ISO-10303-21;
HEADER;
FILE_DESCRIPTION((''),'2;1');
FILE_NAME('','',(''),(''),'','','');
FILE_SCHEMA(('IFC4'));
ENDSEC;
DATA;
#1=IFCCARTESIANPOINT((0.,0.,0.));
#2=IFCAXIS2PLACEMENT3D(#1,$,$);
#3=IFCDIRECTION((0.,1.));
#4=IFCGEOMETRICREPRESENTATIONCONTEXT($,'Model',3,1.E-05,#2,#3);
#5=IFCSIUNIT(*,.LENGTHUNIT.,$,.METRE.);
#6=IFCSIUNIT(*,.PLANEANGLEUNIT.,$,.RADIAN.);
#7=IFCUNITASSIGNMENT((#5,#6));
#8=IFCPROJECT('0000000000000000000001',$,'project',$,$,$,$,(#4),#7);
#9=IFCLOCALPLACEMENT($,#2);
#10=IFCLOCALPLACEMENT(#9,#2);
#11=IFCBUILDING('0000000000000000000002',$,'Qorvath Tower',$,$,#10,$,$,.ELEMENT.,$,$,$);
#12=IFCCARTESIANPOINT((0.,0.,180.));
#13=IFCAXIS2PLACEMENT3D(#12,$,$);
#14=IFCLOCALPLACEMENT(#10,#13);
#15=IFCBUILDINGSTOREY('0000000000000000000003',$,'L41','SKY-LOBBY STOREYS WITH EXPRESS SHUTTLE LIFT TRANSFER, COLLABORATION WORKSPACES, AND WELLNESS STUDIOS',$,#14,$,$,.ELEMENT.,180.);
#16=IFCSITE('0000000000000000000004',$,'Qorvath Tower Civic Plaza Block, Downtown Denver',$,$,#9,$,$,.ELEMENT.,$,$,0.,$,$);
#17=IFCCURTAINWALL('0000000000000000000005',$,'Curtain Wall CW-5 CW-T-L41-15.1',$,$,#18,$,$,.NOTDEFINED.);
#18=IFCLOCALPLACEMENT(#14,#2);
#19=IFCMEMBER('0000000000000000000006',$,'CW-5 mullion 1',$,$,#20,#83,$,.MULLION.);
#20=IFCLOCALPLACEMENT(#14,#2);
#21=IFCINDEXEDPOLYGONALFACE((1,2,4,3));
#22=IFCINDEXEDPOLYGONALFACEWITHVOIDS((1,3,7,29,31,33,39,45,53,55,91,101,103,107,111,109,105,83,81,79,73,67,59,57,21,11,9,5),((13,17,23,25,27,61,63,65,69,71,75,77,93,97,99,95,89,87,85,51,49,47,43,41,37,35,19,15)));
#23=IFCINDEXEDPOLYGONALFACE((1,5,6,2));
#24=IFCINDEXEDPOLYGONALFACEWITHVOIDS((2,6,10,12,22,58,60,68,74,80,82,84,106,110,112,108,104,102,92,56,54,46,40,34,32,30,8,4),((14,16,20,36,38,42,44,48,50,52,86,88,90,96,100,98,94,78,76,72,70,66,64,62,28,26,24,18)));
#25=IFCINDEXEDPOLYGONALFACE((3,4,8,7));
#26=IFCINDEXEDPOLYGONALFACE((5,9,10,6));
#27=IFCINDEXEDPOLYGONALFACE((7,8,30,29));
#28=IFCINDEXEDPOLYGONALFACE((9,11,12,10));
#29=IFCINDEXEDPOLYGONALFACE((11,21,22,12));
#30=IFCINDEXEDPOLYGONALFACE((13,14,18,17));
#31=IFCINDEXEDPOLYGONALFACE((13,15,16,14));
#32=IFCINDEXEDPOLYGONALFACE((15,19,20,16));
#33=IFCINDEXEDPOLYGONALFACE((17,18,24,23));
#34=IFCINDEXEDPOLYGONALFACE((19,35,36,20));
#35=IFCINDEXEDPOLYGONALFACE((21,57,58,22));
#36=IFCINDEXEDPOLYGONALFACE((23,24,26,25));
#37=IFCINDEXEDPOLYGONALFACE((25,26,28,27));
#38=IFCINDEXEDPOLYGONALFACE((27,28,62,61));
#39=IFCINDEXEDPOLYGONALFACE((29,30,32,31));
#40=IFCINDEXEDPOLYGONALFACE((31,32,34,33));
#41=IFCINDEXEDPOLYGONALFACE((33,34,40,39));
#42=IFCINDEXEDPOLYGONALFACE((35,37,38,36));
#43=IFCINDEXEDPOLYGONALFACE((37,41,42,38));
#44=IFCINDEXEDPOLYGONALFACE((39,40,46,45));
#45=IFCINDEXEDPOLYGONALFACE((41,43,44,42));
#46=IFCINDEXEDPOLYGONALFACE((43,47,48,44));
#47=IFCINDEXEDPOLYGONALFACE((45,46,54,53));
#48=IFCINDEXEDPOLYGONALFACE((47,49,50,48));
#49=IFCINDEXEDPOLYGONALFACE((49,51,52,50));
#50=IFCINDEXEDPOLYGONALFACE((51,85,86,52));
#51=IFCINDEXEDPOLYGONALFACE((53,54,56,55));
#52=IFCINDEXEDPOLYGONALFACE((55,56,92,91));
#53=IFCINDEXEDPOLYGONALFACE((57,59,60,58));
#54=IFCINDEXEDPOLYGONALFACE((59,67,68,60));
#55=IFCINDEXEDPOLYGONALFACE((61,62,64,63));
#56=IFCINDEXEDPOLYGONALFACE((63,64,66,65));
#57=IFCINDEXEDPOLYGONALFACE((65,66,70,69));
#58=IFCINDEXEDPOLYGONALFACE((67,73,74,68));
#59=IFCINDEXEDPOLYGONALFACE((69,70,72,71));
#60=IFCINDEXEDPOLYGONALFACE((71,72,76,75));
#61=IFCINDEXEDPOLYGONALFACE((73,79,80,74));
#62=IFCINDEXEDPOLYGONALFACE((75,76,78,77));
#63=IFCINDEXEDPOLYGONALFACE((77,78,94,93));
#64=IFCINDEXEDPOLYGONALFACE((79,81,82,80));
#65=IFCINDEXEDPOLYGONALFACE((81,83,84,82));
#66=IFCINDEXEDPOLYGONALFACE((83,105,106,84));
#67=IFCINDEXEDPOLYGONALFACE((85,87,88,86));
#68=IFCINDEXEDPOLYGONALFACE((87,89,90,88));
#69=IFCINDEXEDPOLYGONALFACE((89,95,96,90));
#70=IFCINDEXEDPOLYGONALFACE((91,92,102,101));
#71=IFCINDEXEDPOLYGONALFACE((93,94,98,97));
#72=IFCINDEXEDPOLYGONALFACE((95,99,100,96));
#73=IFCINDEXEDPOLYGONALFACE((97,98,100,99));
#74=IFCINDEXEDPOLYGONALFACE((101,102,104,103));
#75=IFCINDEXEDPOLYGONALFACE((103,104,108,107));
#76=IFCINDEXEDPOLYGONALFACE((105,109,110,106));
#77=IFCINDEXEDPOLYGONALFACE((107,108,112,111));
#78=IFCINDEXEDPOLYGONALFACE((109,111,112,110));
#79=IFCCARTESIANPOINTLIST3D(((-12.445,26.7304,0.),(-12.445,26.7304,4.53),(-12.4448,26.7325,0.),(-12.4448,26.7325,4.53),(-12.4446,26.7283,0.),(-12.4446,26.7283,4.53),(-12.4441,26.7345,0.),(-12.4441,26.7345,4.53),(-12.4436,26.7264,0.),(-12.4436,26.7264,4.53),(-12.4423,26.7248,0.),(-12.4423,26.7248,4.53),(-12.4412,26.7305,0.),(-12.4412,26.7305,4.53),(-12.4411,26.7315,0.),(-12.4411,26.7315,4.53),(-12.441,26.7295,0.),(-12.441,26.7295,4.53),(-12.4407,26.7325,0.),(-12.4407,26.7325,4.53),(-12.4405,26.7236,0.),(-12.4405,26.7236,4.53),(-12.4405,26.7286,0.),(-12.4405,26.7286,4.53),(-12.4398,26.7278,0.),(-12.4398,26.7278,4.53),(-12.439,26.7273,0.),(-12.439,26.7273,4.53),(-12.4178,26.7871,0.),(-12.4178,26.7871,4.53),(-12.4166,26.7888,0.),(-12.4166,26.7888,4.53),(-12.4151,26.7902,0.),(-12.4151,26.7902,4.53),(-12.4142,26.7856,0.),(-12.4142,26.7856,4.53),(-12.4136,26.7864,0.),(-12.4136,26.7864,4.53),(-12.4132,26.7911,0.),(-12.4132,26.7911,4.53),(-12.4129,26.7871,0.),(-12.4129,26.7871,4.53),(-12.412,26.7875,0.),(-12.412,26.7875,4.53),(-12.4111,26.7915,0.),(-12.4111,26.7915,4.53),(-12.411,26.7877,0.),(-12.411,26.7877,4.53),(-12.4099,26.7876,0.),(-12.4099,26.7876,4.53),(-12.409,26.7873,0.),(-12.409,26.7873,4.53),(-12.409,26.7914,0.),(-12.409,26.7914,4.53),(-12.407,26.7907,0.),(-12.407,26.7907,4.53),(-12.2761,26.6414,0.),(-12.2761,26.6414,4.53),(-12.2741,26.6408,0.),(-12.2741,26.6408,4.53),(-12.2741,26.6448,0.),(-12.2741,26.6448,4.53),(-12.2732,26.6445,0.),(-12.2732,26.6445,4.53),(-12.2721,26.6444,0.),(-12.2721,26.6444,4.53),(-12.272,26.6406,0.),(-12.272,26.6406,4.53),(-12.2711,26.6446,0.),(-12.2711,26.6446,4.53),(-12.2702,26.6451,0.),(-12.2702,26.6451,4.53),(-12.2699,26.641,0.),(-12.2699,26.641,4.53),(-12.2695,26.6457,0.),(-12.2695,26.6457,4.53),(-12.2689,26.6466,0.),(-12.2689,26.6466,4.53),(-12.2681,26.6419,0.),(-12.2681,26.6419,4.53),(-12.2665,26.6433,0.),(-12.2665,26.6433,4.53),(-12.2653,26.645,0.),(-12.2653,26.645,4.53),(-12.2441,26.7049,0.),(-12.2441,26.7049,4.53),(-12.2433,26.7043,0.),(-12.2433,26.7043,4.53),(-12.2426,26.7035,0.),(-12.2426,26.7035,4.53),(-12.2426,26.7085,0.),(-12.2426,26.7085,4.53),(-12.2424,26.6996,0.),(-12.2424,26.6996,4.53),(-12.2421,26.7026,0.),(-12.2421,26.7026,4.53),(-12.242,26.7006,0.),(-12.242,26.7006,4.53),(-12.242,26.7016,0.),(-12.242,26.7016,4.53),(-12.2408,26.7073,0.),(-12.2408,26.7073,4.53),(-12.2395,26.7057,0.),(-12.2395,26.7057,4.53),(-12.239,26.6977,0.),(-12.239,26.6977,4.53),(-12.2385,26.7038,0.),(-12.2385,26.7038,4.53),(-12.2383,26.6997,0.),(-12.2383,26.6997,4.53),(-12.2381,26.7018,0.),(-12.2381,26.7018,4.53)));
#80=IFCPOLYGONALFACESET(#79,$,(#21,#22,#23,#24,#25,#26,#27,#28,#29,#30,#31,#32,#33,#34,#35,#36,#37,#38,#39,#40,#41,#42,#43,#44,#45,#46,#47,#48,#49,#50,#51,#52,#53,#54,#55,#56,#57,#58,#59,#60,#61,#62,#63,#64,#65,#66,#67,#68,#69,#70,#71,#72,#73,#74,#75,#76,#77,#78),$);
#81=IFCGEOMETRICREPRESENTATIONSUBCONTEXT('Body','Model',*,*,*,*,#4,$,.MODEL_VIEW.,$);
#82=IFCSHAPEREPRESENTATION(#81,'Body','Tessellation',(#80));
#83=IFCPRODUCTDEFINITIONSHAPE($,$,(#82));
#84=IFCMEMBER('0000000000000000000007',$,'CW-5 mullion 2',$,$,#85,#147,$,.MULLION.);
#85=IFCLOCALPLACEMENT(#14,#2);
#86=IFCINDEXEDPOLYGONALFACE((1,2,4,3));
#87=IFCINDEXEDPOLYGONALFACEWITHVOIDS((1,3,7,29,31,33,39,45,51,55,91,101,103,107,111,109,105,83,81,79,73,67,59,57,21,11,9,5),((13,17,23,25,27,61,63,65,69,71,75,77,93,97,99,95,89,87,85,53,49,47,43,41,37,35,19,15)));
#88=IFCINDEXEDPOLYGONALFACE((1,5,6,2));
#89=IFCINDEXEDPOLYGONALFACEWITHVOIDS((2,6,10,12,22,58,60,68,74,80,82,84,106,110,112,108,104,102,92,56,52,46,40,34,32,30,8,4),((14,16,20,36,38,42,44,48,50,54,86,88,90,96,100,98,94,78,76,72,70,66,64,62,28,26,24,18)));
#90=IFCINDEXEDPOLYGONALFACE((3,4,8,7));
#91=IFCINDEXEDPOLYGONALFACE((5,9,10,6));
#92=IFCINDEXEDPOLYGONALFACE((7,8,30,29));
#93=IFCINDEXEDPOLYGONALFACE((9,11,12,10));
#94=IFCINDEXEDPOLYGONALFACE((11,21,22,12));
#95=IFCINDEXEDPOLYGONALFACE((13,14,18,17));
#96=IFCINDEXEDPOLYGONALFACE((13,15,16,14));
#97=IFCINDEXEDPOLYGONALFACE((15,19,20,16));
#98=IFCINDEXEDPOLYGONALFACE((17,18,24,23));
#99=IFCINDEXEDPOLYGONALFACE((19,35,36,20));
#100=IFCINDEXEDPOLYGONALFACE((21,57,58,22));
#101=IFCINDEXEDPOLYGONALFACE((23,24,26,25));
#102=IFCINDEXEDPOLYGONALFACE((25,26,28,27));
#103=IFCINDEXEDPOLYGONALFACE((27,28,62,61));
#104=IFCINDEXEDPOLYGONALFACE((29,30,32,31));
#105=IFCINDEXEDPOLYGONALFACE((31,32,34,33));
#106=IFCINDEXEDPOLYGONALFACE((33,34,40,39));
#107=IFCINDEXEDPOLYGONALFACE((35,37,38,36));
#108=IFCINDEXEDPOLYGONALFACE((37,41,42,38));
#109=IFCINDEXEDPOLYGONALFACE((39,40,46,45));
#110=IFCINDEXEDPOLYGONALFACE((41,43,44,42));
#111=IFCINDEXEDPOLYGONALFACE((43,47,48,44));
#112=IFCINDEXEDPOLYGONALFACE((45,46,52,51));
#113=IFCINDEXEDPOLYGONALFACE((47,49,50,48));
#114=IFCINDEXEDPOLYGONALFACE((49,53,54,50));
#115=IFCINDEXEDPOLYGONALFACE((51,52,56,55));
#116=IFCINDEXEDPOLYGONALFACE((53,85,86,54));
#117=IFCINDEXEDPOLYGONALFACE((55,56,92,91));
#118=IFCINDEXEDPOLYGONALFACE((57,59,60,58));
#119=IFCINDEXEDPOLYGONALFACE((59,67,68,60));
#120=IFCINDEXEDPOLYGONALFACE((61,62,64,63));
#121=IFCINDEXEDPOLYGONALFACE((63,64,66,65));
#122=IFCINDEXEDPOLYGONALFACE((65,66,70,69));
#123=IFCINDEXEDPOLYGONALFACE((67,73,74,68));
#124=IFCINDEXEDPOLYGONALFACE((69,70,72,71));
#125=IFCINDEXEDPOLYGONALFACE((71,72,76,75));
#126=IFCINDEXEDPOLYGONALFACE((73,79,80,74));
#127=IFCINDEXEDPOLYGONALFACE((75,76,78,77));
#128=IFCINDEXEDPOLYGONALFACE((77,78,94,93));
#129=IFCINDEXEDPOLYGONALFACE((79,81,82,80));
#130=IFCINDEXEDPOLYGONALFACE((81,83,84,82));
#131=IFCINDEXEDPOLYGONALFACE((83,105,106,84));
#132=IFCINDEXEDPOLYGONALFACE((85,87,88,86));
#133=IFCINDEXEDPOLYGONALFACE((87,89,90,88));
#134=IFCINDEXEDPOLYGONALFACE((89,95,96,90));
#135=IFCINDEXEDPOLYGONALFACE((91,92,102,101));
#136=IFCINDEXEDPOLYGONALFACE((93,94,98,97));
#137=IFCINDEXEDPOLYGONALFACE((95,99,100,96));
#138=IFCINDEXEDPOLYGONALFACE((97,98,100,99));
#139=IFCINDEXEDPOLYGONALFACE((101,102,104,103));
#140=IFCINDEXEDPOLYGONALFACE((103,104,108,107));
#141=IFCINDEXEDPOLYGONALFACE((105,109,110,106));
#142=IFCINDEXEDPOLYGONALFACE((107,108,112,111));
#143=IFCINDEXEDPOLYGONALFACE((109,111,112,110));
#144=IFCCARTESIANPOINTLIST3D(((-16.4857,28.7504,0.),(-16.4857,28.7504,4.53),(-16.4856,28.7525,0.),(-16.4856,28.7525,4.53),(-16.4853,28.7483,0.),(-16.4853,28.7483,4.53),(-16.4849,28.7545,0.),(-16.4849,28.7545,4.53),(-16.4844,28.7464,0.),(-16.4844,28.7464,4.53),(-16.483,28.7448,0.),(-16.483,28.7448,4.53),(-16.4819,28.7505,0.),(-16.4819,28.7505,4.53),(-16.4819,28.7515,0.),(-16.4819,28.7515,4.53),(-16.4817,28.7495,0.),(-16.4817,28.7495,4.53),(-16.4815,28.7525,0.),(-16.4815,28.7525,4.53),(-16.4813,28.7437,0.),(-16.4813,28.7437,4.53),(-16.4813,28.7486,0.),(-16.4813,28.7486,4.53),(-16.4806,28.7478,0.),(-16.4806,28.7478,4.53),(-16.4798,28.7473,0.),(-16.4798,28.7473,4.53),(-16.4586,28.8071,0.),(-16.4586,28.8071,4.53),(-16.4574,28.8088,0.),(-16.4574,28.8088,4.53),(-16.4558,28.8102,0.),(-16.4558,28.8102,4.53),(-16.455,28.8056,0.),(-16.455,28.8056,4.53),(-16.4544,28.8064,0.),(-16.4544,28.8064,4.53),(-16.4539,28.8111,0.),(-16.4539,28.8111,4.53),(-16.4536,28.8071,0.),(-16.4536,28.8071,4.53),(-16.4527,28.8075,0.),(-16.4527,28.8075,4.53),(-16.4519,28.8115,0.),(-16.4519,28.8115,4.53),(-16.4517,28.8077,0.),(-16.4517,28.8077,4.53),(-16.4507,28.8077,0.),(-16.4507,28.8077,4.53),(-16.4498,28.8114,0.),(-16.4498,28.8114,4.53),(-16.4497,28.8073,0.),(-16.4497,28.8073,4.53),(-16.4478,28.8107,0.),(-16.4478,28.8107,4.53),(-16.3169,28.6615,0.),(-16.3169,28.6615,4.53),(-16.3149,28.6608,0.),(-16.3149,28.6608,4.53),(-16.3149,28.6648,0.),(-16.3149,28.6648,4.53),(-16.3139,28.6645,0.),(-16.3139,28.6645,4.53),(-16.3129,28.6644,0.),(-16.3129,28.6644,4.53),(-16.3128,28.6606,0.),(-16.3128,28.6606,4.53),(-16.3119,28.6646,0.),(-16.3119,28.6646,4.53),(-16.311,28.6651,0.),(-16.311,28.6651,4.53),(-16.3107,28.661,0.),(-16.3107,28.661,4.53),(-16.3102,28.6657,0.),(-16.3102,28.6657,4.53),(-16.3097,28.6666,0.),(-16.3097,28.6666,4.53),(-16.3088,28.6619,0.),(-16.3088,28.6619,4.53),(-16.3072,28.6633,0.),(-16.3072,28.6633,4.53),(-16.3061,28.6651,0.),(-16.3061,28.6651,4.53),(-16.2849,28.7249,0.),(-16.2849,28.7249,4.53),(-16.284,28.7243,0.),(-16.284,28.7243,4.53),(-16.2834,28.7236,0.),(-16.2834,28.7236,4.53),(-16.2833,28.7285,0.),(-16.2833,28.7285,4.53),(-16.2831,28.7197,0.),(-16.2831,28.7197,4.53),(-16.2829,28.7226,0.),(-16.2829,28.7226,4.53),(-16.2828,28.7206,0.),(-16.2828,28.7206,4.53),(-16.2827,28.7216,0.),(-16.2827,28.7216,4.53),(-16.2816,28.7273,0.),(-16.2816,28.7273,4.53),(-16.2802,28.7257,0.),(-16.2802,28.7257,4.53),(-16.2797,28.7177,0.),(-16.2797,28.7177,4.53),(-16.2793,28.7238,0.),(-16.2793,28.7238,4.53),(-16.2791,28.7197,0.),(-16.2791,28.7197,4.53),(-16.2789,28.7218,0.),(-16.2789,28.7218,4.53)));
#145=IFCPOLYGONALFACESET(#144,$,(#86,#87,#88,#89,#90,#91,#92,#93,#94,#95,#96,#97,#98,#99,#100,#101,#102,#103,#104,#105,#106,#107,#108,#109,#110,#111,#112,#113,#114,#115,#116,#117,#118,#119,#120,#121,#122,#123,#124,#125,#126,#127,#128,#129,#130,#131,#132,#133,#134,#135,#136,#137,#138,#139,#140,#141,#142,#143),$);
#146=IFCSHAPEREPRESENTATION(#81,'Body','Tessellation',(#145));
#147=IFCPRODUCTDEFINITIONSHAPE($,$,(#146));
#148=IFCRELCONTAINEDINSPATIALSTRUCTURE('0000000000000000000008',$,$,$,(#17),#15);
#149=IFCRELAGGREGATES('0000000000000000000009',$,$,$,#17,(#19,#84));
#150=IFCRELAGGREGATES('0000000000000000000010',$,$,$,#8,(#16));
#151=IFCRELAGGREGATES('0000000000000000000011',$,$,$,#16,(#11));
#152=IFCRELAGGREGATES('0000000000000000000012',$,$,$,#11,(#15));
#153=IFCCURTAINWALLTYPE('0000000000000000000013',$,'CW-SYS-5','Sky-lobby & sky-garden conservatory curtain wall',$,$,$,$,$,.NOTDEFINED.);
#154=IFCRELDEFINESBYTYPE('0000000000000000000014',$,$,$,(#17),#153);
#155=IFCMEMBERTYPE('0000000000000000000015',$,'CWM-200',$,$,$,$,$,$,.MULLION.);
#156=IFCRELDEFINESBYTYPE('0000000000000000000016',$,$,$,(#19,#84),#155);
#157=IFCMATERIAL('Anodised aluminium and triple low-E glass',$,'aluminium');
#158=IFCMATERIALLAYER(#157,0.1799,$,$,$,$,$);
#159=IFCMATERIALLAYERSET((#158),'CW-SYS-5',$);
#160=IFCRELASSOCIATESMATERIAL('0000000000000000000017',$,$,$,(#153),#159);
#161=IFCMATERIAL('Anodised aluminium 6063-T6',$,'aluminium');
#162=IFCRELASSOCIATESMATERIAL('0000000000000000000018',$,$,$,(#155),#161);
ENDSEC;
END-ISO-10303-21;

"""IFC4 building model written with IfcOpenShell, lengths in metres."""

from ifc_helpers import new_model, si_unit, direction, frame, origin, origin_2d, place, context, subcontext, project, spatial, hollow_rectangle, extrude, material, layer, layer_set, material_profile, profile_set, type_object, element, aggregate, save


model = new_model("IFC4")

# Units and contexts
model_context = context("Model", 3, precision=1e-05, world=origin(), true_north=direction((0.0, 1.0)))
body_context = subcontext(model_context, "Body", "Model", "MODEL_VIEW")
ifc_project = project(units=[si_unit("LENGTHUNIT", "METRE"), si_unit("PLANEANGLEUNIT", "RADIAN")], contexts=[model_context])

# Site, building, storey
site_placement = place(None, origin())
site = spatial("IfcSite", under=ifc_project, at=site_placement, Name="Qorvath Tower Civic Plaza Block, Downtown Denver", CompositionType="ELEMENT", RefElevation=0.0)
building_placement = place(site_placement, origin())
building = spatial("IfcBuilding", under=site, at=building_placement, Name="Qorvath Tower", CompositionType="ELEMENT")
storey_placement = place(building_placement, frame((0.0, 0.0, 180.0)))
storey = spatial("IfcBuildingStorey", under=building, at=storey_placement, Name="L41", Description="SKY-LOBBY STOREYS WITH EXPRESS SHUTTLE LIFT TRANSFER, COLLABORATION WORKSPACES, AND WELLNESS STUDIOS", CompositionType="ELEMENT", Elevation=180.0)

# Shared definitions
ifc_material_1 = material(Name="Anodised aluminium and triple low-E glass", Category="aluminium")
ifc_layer_1 = layer(ifc_material_1, 0.1799)
ifc_layer_set_1 = layer_set([ifc_layer_1], Name="CW-SYS-5")
curtain_wall_type = type_object("IfcCurtainWallType", Name="CW-SYS-5", Description="Sky-lobby & sky-garden conservatory curtain wall", PredefinedType="NOTDEFINED", material=ifc_layer_set_1)
ifc_material_2 = material(Name="Anodised aluminium 6063-T6", Category="aluminium")
ifc_material_profile_1 = material_profile(ifc_material_2, hollow_rectangle(XDim=0.075, YDim=0.2, WallThickness=0.0039, InnerFilletRadius=0.0039, OuterFilletRadius=0.0081, at=origin_2d()), Name="CWM 200x75")
ifc_profile_set_1 = profile_set([ifc_material_profile_1], Name="Anodised aluminium 6063-T6")
member_type_1 = type_object("IfcMemberType", Name="CWM-200", PredefinedType="MULLION", material=ifc_profile_set_1)

# Curtain wall, members
curtain_wall_1_placement = place(storey_placement, origin())
curtain_wall_1 = element("IfcCurtainWall", 1, at=curtain_wall_1_placement, inside=storey, type_object=curtain_wall_type, Name="Curtain Wall CW-5 CW-T-L41-15.1", PredefinedType="NOTDEFINED")
member_1_placement = place(storey_placement, frame((-12.3416, 26.7161, 0.0), z_axis=(0.0, 0.0, 1.0), x_axis=(-0.447187, -0.89444, 0.0)))
member_1 = element("IfcMember", 2, at=member_1_placement, type_object=member_type_1, Name="CW-5 mullion 1", PredefinedType="MULLION", context=body_context, shape_type="SweptSolid", body=[
    extrude(hollow_rectangle(XDim=0.075, YDim=0.2, WallThickness=0.0039, InnerFilletRadius=0.0039, OuterFilletRadius=0.0081, at=origin_2d()), origin(), (0.0, 0.0, 1.0), 4.53),
])
member_2_placement = place(storey_placement, frame((-16.3823, 28.7361, 0.0), z_axis=(0.0, 0.0, 1.0), x_axis=(-0.447187, -0.89444, 0.0)))
member_2 = element("IfcMember", 3, at=member_2_placement, type_object=member_type_1, Name="CW-5 mullion 2", PredefinedType="MULLION", context=body_context, shape_type="SweptSolid", body=[
    extrude(hollow_rectangle(XDim=0.075, YDim=0.2, WallThickness=0.0039, InnerFilletRadius=0.0039, OuterFilletRadius=0.0081, at=origin_2d()), origin(), (0.0, 0.0, 1.0), 4.53),
])

aggregate(curtain_wall_1, [member_1, member_2])

save(model, "model.ifc")
